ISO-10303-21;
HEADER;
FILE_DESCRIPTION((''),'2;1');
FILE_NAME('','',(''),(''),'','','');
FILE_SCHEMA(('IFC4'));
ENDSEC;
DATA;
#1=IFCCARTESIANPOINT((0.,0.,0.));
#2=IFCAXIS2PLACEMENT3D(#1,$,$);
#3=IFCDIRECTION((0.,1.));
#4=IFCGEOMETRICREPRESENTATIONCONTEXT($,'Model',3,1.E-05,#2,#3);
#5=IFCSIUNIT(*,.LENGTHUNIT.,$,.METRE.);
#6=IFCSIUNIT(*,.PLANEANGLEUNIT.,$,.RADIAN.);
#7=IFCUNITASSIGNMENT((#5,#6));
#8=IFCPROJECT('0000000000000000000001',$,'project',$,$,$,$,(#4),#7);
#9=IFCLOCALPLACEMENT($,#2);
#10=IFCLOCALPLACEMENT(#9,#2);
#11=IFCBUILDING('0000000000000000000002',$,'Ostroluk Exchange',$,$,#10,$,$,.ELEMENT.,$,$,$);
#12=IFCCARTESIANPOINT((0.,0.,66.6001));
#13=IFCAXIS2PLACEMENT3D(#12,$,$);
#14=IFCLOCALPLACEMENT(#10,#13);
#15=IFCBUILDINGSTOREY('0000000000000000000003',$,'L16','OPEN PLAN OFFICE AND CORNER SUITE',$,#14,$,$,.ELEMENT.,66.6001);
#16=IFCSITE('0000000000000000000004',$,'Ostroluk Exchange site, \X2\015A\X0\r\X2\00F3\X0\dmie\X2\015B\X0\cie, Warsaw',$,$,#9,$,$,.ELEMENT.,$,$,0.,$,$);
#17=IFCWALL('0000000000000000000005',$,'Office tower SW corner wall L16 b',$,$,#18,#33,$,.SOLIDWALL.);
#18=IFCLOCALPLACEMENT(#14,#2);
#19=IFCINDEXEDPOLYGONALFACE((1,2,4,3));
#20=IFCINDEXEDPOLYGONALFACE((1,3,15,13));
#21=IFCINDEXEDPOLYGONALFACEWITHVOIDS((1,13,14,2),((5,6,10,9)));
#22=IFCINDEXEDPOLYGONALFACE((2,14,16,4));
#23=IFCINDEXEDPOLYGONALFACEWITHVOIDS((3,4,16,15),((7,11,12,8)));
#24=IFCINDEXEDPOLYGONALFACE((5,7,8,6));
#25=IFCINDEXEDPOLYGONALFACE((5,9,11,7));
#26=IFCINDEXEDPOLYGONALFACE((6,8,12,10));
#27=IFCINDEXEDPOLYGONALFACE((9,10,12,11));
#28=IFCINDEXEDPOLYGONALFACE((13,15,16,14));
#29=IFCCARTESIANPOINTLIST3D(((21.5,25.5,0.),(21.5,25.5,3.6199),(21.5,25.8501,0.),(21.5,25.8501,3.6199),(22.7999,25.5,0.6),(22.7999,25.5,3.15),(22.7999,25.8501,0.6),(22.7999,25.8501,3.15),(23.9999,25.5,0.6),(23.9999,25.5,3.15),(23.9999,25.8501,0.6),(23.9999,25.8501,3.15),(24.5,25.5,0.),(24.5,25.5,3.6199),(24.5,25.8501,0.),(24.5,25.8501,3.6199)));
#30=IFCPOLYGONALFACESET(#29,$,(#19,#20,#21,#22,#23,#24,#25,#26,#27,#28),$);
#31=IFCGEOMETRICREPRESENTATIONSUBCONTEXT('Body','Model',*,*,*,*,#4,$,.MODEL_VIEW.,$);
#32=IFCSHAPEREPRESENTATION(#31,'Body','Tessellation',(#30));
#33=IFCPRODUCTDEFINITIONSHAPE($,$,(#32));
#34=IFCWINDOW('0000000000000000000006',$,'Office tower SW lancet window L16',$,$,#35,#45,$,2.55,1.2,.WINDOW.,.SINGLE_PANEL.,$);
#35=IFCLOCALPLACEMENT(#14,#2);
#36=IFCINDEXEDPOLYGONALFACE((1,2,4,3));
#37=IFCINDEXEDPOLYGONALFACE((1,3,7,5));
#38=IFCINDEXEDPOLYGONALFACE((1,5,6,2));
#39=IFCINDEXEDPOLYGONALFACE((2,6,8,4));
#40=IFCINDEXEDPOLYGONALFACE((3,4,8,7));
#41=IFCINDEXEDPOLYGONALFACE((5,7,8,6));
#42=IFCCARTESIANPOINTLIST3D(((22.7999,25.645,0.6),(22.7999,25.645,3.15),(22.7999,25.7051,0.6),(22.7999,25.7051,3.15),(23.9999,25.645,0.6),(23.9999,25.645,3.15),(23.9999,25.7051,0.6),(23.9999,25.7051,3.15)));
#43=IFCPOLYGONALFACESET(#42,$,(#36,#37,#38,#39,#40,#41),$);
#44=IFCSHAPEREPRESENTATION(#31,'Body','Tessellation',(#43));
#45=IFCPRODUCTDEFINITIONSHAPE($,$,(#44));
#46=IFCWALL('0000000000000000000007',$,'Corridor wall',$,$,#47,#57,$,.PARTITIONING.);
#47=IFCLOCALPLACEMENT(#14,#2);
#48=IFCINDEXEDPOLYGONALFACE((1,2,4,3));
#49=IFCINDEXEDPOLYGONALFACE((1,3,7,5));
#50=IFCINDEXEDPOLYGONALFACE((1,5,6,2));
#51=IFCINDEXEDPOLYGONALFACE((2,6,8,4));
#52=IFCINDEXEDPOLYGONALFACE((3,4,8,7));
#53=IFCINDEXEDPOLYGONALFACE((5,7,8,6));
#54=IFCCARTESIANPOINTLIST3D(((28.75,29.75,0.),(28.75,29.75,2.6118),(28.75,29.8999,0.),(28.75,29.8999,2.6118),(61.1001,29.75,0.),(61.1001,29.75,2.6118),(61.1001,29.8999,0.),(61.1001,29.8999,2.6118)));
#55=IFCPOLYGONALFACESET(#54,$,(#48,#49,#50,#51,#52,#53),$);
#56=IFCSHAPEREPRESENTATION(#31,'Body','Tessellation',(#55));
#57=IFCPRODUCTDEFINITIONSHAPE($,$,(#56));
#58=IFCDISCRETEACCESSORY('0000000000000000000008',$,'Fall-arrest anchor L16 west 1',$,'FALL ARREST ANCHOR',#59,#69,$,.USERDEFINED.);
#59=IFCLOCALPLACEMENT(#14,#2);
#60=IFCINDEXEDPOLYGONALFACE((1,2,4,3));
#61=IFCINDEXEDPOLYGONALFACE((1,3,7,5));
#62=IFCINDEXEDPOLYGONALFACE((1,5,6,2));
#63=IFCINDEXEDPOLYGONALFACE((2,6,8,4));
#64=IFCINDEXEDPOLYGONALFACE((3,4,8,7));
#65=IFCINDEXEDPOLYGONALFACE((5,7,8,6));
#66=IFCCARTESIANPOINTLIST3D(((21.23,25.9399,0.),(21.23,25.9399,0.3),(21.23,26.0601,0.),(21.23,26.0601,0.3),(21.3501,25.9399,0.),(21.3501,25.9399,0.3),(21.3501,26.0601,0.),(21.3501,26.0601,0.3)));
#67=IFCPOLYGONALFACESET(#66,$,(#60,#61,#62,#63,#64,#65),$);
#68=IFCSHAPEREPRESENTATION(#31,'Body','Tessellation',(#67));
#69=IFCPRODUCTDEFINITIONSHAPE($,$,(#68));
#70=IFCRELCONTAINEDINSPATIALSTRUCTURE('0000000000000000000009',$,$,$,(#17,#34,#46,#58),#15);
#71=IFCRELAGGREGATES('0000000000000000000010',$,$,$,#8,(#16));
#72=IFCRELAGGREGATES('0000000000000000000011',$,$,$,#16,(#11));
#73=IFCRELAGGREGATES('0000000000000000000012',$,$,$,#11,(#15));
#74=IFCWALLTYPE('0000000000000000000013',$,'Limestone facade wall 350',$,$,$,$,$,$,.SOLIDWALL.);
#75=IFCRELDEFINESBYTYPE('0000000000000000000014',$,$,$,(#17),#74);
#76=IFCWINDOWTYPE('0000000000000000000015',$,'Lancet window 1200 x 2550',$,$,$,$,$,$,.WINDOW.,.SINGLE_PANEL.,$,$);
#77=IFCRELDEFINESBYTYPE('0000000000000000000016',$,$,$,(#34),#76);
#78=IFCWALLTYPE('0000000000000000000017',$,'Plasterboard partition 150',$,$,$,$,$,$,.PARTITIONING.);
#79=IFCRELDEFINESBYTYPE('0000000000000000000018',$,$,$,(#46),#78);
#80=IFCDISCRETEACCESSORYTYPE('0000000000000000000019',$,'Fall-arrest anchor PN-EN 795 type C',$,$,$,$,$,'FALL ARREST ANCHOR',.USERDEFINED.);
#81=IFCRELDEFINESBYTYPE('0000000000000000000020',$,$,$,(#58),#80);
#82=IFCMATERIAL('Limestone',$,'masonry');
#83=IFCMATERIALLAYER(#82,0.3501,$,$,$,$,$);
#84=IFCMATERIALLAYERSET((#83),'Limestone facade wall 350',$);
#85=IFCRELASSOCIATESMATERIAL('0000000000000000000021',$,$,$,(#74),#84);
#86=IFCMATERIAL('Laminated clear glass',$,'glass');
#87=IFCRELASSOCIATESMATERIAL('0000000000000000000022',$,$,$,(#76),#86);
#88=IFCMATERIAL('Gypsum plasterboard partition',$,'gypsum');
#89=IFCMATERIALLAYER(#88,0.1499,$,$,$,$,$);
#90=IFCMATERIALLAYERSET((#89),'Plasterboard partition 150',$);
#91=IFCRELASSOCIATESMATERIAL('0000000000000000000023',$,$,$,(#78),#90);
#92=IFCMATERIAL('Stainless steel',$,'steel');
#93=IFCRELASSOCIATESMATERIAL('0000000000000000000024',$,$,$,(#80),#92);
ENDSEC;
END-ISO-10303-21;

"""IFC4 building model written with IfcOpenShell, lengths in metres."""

from ifc_helpers import new_model, si_unit, direction, frame, frame_2d, origin, origin_2d, place, context, subcontext, project, spatial, rectangle, extrude, material, layer, layer_set, type_object, element, fill, save


model = new_model("IFC4")

# Units and contexts
model_context = context("Model", 3, precision=1e-05, world=origin(), true_north=direction((0.0, 1.0)))
body_context = subcontext(model_context, "Body", "Model", "MODEL_VIEW")
ifc_project = project(units=[si_unit("LENGTHUNIT", "METRE"), si_unit("PLANEANGLEUNIT", "RADIAN")], contexts=[model_context])

# Site, building, storey
site_placement = place(None, origin())
site = spatial("IfcSite", under=ifc_project, at=site_placement, Name="Ostroluk Exchange site, Śródmieście, Warsaw", CompositionType="ELEMENT", RefElevation=0.0)
building_placement = place(site_placement, origin())
building = spatial("IfcBuilding", under=site, at=building_placement, Name="Ostroluk Exchange", CompositionType="ELEMENT")
storey_placement = place(building_placement, frame((0.0, 0.0, 66.6001)))
storey = spatial("IfcBuildingStorey", under=building, at=storey_placement, Name="L16", Description="OPEN PLAN OFFICE AND CORNER SUITE", CompositionType="ELEMENT", Elevation=66.6001)

# Wall, opening, window
ifc_material_1 = material(Name="Limestone", Category="masonry")
ifc_layer_1 = layer(ifc_material_1, 0.3501)
ifc_layer_set_1 = layer_set([ifc_layer_1], Name="Limestone facade wall 350")
wall_type_1 = type_object("IfcWallType", Name="Limestone facade wall 350", PredefinedType="SOLIDWALL", material=ifc_layer_set_1)
wall_1_placement = place(storey_placement, frame((24.5, 25.675, 0.0), z_axis=(0.0, 0.0, 1.0), x_axis=(-1.0, 0.0, 0.0)))
wall_1 = element("IfcWall", 1, at=wall_1_placement, inside=storey, type_object=wall_type_1, Name="Office tower SW corner wall L16 b", PredefinedType="SOLIDWALL", context=body_context, shape_type="SweptSolid", body=[
    extrude(rectangle(XDim=3.0, YDim=0.3501, at=frame_2d((1.5, 0.0))), origin(), (0.0, 0.0, 1.0), 3.6199),
])
opening_1_placement = place(wall_1_placement, frame((0.5, 0.0, 0.6001)))
opening_1 = element("IfcOpeningElement", 2, at=opening_1_placement, cuts=wall_1, PredefinedType="OPENING", context=body_context, shape_type="SweptSolid", body=[
    extrude(rectangle(XDim=1.2, YDim=2.55, at=frame_2d((0.6001, 1.2749))), frame((0.0, 0.1851, 0.0), z_axis=(0.0, -1.0, 0.0), x_axis=(1.0, 0.0, 0.0)), (0.0, 0.0, 1.0), 0.3701),
])
ifc_material_2 = material(Name="Laminated clear glass", Category="glass")
window_type = type_object("IfcWindowType", Name="Lancet window 1200 x 2550", PartitioningType="SINGLE_PANEL", PredefinedType="WINDOW", material=ifc_material_2)
window_placement = place(opening_1_placement, origin())
window = element("IfcWindow", 3, at=window_placement, inside=storey, type_object=window_type, Name="Office tower SW lancet window L16", OverallHeight=2.55, OverallWidth=1.2, PartitioningType="SINGLE_PANEL", PredefinedType="WINDOW", context=body_context, shape_type="SweptSolid", body=[
    extrude(rectangle(XDim=1.2, YDim=2.55, at=frame_2d((0.6001, 1.2749))), frame((0.0, 0.03, 0.0), z_axis=(0.0, -1.0, 0.0), x_axis=(1.0, 0.0, 0.0)), (0.0, 0.0, 1.0), 0.0601),
])
fill(opening_1, window)

# Wall
ifc_material_3 = material(Name="Gypsum plasterboard partition", Category="gypsum")
ifc_layer_2 = layer(ifc_material_3, 0.1499)
ifc_layer_set_2 = layer_set([ifc_layer_2], Name="Plasterboard partition 150")
wall_type_2 = type_object("IfcWallType", Name="Plasterboard partition 150", PredefinedType="PARTITIONING", material=ifc_layer_set_2)
wall_2_placement = place(storey_placement, frame((28.75, 29.825, 0.0), z_axis=(0.0, 0.0, 1.0), x_axis=(1.0, 0.0, 0.0)))
element("IfcWall", 4, at=wall_2_placement, inside=storey, type_object=wall_type_2, Name="Corridor wall", PredefinedType="PARTITIONING", context=body_context, shape_type="SweptSolid", body=[
    extrude(rectangle(XDim=32.3501, YDim=0.1499, at=frame_2d((16.175, 0.0))), origin(), (0.0, 0.0, 1.0), 2.6118),
])

# Discrete accessory
ifc_material_4 = material(Name="Stainless steel", Category="steel")
discrete_accessory_type = type_object("IfcDiscreteAccessoryType", Name="Fall-arrest anchor PN-EN 795 type C", ElementType="FALL ARREST ANCHOR", PredefinedType="USERDEFINED", material=ifc_material_4)
discrete_accessory_placement = place(storey_placement, frame((21.29, 26.0, 0.0), z_axis=(0.0, 0.0, 1.0), x_axis=(1.0, 0.0, 0.0)))
element("IfcDiscreteAccessory", 5, at=discrete_accessory_placement, inside=storey, type_object=discrete_accessory_type, Name="Fall-arrest anchor L16 west 1", ObjectType="FALL ARREST ANCHOR", PredefinedType="USERDEFINED", context=body_context, shape_type="SweptSolid", body=[
    extrude(rectangle(XDim=0.1201, YDim=0.1201, at=origin_2d()), origin(), (0.0, 0.0, 1.0), 0.3),
])

save(model, "model.ifc")
